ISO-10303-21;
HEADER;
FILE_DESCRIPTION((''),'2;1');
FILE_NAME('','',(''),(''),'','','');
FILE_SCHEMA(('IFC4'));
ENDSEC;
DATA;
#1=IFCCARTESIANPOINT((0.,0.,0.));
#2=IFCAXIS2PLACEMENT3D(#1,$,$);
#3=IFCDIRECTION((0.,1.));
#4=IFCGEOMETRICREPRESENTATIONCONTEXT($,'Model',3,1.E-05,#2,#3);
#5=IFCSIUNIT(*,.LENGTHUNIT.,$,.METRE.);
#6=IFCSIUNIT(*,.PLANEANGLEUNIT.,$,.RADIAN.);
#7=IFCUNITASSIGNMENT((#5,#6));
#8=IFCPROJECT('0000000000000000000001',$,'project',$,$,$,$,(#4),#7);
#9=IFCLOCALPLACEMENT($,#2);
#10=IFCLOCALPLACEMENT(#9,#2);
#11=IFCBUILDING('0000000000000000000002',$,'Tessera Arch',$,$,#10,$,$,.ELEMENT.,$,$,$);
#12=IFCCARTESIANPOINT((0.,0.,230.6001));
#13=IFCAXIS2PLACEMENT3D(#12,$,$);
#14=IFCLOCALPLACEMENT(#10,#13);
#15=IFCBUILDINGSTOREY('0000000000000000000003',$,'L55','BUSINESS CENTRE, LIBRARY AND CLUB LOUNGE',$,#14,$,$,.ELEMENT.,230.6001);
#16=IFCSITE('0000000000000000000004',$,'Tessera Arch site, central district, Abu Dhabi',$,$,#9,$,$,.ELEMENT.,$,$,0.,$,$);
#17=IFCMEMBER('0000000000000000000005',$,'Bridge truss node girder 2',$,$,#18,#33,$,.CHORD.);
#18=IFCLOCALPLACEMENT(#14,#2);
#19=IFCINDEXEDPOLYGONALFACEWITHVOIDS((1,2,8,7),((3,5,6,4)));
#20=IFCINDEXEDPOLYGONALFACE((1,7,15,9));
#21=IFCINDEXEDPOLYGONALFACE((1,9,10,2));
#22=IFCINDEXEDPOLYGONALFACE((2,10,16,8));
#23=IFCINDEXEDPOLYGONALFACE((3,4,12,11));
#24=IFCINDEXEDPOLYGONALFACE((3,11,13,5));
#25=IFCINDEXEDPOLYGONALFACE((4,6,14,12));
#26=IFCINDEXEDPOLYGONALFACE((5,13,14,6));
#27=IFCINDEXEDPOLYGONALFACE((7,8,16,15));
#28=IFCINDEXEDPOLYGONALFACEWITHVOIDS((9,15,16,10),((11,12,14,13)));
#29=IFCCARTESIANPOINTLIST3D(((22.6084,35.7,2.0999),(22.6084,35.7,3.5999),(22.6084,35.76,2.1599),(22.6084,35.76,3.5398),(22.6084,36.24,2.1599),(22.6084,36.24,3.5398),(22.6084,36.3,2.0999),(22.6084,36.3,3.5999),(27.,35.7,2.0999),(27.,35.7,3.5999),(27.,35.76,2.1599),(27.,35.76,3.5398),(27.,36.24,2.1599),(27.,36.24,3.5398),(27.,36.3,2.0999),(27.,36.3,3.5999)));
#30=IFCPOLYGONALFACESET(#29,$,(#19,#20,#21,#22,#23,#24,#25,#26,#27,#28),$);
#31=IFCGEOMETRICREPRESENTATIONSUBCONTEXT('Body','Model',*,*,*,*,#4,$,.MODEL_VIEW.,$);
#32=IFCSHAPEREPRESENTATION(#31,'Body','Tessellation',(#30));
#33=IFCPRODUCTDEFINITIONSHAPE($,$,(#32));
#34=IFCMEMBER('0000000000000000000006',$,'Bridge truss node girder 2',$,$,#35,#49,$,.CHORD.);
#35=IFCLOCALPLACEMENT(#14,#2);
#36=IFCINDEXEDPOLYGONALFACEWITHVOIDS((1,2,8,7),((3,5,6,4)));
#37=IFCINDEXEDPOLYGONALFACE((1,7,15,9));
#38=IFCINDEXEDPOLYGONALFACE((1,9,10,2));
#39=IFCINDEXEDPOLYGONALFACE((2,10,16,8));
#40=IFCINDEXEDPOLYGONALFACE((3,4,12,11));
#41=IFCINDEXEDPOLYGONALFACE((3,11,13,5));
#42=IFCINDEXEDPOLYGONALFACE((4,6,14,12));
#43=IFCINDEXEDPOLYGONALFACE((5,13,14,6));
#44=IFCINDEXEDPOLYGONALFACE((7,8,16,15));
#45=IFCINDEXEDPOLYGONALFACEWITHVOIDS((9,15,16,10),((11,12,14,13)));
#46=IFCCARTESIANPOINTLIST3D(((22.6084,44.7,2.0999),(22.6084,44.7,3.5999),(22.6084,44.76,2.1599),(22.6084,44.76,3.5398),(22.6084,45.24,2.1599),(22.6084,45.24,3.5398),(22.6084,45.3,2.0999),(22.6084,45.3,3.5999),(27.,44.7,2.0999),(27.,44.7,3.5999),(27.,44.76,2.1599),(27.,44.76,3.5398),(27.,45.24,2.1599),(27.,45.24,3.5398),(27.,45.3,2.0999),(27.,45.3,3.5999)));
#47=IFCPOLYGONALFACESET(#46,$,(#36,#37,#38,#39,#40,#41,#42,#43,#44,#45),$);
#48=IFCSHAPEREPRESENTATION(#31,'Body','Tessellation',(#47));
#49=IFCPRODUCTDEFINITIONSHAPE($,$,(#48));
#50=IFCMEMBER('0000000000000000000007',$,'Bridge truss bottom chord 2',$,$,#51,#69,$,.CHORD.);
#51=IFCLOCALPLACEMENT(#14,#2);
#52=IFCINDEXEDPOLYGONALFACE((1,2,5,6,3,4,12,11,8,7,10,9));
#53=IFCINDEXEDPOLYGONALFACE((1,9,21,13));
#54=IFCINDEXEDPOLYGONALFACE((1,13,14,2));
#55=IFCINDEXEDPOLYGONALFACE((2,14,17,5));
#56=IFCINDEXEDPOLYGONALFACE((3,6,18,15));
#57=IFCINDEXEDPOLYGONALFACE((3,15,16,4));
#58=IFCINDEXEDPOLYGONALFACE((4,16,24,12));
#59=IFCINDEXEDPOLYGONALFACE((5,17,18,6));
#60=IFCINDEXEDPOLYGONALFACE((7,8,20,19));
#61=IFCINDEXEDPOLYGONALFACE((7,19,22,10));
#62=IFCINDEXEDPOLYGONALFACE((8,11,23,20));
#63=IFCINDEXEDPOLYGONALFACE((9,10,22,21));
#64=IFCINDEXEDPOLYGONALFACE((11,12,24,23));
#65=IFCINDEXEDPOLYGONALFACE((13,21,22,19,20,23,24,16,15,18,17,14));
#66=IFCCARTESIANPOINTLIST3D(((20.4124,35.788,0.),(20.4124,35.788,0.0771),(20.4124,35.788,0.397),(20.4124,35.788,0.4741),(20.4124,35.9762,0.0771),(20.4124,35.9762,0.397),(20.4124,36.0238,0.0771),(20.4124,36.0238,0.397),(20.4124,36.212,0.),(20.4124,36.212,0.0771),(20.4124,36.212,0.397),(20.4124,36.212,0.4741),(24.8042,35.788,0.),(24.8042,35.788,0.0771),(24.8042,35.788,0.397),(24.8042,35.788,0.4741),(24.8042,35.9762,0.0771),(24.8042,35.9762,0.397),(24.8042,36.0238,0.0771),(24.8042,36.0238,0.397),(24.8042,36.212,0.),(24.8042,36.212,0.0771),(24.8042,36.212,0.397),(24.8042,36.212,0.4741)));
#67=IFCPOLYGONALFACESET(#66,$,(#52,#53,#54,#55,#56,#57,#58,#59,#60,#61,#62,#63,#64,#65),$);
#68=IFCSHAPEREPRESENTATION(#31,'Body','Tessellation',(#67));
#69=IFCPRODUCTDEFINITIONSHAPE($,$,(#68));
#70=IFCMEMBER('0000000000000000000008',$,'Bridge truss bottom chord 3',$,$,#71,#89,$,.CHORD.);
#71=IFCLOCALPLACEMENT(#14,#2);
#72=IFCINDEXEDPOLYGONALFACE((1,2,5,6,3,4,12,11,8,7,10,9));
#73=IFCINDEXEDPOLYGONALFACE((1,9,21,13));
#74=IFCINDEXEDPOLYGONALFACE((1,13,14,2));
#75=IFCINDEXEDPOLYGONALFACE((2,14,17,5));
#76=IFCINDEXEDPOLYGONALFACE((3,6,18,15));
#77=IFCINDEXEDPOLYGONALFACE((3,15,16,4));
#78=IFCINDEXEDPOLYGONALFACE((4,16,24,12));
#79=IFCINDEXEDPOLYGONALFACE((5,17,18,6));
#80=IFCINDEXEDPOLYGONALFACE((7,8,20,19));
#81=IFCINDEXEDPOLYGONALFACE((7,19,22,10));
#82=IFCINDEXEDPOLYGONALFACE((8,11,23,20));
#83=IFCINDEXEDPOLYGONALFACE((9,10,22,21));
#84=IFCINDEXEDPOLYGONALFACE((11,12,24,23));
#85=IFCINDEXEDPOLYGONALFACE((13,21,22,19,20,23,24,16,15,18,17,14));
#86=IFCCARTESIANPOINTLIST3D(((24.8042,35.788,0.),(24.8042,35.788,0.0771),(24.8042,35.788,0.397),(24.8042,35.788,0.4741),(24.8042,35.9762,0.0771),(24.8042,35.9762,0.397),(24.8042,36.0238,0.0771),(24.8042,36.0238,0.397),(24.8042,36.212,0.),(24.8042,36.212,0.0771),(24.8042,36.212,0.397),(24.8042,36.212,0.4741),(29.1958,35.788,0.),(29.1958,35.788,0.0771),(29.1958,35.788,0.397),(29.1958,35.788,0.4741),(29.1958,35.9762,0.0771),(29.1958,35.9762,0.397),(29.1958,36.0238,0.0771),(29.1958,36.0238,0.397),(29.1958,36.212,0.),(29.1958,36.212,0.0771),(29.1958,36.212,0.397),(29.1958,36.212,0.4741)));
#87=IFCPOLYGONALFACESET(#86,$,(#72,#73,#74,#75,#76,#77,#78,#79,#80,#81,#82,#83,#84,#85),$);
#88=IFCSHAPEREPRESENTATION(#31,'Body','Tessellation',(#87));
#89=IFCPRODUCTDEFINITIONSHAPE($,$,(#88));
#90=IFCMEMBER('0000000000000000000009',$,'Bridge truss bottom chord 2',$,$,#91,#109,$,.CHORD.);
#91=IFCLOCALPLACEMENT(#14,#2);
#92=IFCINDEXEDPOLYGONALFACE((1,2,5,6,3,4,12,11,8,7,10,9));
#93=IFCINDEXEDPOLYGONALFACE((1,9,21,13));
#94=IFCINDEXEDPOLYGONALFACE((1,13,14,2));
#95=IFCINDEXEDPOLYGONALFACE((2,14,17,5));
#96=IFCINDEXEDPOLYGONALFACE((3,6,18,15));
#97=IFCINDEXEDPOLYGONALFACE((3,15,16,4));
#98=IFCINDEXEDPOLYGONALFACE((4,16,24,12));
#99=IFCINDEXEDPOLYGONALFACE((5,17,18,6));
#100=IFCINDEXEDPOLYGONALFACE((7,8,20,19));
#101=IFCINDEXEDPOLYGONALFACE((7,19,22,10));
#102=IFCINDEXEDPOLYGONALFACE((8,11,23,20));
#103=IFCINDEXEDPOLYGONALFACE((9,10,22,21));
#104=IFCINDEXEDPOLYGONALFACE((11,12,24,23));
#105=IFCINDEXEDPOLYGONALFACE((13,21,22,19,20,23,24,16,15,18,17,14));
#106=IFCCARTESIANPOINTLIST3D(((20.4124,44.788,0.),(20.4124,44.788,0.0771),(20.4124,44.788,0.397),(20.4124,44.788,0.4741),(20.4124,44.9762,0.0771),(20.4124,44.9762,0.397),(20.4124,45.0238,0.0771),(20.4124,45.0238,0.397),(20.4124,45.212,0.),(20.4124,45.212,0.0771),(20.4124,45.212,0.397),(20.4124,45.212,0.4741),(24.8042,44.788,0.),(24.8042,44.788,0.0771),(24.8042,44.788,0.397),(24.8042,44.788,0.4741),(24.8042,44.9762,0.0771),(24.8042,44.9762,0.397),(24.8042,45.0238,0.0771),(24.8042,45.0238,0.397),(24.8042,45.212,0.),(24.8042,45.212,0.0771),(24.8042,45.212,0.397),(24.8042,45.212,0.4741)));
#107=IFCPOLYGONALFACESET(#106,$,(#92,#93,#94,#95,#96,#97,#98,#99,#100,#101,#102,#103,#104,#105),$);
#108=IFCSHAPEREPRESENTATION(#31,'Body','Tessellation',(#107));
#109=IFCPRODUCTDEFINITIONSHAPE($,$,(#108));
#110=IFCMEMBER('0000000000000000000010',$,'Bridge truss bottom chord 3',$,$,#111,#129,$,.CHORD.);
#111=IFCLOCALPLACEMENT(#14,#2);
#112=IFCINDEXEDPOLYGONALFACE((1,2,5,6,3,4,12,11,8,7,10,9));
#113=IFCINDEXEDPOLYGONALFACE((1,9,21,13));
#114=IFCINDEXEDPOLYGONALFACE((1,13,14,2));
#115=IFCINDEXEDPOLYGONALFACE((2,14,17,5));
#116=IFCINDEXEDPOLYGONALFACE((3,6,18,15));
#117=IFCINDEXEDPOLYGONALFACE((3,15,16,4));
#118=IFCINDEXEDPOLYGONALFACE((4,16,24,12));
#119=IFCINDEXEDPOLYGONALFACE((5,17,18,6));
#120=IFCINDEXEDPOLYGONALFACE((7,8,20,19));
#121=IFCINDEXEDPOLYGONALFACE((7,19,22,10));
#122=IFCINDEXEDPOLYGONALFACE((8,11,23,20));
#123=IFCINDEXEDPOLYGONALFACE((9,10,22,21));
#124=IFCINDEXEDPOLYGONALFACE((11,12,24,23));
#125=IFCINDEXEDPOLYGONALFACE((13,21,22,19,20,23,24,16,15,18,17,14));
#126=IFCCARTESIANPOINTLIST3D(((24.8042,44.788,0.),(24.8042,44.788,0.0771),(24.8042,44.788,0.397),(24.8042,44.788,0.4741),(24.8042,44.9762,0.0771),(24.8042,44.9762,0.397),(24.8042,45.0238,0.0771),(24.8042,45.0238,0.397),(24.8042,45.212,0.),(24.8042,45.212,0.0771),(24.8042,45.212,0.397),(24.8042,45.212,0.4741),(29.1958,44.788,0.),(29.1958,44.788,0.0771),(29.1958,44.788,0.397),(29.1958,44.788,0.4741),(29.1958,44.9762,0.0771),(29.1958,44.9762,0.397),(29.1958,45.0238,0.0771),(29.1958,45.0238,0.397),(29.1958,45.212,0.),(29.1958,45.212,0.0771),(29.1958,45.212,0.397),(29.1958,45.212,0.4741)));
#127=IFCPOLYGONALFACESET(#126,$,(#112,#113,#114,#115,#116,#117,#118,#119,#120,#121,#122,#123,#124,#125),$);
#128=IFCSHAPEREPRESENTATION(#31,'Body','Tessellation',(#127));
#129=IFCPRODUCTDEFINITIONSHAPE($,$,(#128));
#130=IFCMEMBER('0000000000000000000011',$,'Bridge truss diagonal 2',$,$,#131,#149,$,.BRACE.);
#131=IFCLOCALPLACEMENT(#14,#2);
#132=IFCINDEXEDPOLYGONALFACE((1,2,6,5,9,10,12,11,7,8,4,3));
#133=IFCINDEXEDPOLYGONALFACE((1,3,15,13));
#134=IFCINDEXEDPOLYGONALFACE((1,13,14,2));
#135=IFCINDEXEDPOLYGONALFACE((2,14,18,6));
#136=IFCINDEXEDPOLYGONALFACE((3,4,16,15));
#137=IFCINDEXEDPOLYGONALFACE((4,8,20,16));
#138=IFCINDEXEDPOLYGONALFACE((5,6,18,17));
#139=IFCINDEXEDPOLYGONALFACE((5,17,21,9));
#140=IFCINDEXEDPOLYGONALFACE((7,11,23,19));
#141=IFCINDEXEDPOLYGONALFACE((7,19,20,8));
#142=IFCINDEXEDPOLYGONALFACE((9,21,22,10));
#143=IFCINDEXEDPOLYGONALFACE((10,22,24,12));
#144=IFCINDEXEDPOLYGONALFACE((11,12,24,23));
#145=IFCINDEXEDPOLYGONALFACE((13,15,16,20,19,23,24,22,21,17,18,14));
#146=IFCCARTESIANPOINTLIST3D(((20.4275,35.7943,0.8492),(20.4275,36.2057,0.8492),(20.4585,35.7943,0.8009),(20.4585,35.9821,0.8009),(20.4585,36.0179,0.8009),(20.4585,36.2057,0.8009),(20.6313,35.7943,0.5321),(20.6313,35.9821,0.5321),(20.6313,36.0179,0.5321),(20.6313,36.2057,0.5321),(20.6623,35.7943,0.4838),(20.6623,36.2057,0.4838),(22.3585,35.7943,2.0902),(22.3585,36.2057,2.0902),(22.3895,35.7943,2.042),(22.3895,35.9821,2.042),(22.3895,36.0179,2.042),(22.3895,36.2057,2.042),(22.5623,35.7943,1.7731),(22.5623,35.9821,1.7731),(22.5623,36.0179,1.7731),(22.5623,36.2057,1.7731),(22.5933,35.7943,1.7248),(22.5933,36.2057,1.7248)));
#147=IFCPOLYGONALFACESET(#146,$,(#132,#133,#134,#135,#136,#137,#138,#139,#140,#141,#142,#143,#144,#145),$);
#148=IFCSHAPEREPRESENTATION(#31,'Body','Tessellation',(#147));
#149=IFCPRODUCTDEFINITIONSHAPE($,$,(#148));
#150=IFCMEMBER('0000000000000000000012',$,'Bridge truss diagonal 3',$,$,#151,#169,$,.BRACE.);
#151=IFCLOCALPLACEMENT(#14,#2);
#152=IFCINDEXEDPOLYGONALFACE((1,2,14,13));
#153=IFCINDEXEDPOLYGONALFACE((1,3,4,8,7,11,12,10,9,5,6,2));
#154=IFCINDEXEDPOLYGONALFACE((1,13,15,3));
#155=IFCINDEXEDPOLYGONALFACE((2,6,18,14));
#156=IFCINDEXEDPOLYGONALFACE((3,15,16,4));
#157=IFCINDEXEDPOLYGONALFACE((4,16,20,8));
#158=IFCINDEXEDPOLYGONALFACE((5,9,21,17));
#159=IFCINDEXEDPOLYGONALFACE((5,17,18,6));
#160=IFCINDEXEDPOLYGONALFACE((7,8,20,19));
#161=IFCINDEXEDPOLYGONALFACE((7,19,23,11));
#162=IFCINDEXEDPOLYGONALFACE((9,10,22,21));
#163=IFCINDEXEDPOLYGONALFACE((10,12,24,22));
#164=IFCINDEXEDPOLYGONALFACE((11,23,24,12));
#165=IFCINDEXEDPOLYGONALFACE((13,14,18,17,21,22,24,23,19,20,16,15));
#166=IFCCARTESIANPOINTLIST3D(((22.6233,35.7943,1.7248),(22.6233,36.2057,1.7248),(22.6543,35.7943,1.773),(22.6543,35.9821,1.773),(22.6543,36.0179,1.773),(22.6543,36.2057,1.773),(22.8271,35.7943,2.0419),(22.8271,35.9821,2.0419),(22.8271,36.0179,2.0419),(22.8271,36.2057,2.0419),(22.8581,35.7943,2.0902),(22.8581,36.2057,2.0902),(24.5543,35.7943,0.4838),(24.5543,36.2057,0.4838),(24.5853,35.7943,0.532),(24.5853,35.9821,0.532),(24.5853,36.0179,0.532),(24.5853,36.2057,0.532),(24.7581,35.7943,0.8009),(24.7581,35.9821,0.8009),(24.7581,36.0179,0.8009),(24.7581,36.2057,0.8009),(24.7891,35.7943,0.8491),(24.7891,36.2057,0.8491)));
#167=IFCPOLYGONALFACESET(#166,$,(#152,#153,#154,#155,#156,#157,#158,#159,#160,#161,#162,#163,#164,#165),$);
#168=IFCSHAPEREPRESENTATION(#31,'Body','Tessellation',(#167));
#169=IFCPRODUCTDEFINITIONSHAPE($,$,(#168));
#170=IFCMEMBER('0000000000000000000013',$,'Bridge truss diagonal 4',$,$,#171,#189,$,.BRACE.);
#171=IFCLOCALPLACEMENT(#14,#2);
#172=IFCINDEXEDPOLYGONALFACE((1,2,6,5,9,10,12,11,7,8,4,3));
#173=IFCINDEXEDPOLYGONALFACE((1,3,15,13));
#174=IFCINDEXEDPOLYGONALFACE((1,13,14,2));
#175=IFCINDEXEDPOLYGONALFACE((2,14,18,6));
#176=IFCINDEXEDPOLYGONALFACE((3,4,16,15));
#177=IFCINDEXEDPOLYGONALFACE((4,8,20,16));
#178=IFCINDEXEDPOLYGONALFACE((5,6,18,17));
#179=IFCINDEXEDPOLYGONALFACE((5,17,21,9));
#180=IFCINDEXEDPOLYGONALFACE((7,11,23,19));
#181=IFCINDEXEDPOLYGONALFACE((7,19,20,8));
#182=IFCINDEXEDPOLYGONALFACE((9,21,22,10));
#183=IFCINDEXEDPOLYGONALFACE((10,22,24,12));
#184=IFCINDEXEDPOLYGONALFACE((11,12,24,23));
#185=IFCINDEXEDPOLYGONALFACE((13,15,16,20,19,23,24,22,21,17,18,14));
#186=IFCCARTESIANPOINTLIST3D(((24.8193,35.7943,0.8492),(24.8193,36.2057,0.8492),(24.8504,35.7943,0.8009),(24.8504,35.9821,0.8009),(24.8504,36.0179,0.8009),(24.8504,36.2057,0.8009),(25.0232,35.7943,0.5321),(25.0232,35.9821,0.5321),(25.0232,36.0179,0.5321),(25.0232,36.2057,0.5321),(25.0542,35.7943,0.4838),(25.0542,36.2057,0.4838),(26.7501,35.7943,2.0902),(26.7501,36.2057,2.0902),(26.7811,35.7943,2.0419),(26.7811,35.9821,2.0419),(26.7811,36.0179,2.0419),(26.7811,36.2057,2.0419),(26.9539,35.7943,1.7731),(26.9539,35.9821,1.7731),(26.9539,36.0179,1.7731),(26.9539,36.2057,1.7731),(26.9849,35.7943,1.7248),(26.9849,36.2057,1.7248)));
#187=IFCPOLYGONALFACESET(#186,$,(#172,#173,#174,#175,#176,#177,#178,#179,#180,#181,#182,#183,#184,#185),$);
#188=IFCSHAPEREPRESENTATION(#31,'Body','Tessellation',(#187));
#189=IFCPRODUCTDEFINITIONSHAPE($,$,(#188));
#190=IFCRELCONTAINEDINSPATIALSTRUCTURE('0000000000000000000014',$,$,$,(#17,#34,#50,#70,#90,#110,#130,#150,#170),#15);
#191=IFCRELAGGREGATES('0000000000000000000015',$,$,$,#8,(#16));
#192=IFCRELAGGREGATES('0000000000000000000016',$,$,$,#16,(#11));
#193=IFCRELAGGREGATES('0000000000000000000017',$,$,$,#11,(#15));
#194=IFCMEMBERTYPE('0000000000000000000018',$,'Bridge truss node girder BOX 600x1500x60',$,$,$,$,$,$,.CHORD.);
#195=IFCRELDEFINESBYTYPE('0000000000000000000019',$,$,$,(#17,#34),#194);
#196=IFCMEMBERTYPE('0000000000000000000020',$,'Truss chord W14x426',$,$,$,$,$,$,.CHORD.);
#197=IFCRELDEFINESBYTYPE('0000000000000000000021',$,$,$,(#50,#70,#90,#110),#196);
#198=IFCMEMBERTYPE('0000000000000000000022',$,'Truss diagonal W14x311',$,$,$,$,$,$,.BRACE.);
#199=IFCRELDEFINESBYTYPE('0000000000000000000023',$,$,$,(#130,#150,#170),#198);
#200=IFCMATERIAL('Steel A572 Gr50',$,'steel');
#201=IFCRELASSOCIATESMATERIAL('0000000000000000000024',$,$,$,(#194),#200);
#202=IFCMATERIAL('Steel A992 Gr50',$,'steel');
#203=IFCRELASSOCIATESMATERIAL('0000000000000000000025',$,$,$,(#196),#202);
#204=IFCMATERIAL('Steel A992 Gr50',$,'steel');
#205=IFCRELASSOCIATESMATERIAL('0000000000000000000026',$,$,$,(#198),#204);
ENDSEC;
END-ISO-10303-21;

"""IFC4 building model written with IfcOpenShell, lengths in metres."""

from ifc_helpers import new_model, si_unit, direction, frame, origin, origin_2d, place, context, subcontext, project, spatial, hollow_rectangle, i_section, extrude, material, material_profile, profile_set, type_object, element, save


model = new_model("IFC4")

# Units and contexts
model_context = context("Model", 3, precision=1e-05, world=origin(), true_north=direction((0.0, 1.0)))
body_context = subcontext(model_context, "Body", "Model", "MODEL_VIEW")
ifc_project = project(units=[si_unit("LENGTHUNIT", "METRE"), si_unit("PLANEANGLEUNIT", "RADIAN")], contexts=[model_context])

# Site, building, storey
site_placement = place(None, origin())
site = spatial("IfcSite", under=ifc_project, at=site_placement, Name="Tessera Arch site, central district, Abu Dhabi", CompositionType="ELEMENT", RefElevation=0.0)
building_placement = place(site_placement, origin())
building = spatial("IfcBuilding", under=site, at=building_placement, Name="Tessera Arch", CompositionType="ELEMENT")
storey_placement = place(building_placement, frame((0.0, 0.0, 230.6001)))
storey = spatial("IfcBuildingStorey", under=building, at=storey_placement, Name="L55", Description="BUSINESS CENTRE, LIBRARY AND CLUB LOUNGE", CompositionType="ELEMENT", Elevation=230.6001)

# Members
ifc_material_1 = material(Name="Steel A572 Gr50", Category="steel")
ifc_material_profile_1 = material_profile(ifc_material_1, hollow_rectangle(XDim=0.6001, YDim=1.5, WallThickness=0.0601, at=origin_2d()), Name="BOX 600x1500x60")
ifc_profile_set_1 = profile_set([ifc_material_profile_1], Name="Steel A572 Gr50")
member_type_1 = type_object("IfcMemberType", Name="Bridge truss node girder BOX 600x1500x60", PredefinedType="CHORD", material=ifc_profile_set_1)
for number, where, z_axis, x_axis, name in (
    (1, (22.6084, 36.0, 2.8499), (1.0, 0.0, 0.0), (0.0, 1.0, 0.0), "Bridge truss node girder 2"),
    (2, (22.6084, 45.0, 2.8499), (1.0, 0.0, 0.0), (0.0, 1.0, 0.0), "Bridge truss node girder 2"),
):
    element("IfcMember", number, at=place(storey_placement, frame(where, z_axis=z_axis, x_axis=x_axis)), inside=storey, type_object=member_type_1, Name=name, PredefinedType="CHORD", context=body_context, shape_type="SweptSolid", body=[
        extrude(hollow_rectangle(XDim=0.6001, YDim=1.5, WallThickness=0.0601, at=origin_2d()), origin(), (0.0, 0.0, 1.0), 4.3916),
    ])
ifc_material_2 = material(Name="Steel A992 Gr50", Category="steel")
ifc_material_profile_2 = material_profile(ifc_material_2, i_section(OverallWidth=0.4241, OverallDepth=0.4741, WebThickness=0.0476, FlangeThickness=0.0771, at=origin_2d()), Name="W14x426")
ifc_profile_set_2 = profile_set([ifc_material_profile_2], Name="Steel A992 Gr50")
member_type_2 = type_object("IfcMemberType", Name="Truss chord W14x426", PredefinedType="CHORD", material=ifc_profile_set_2)
member_1_placement = place(storey_placement, frame((20.4124, 36.0, 0.2371), z_axis=(1.0, 0.0, 0.0), x_axis=(0.0, 1.0, 0.0)))
element("IfcMember", 3, at=member_1_placement, inside=storey, type_object=member_type_2, Name="Bridge truss bottom chord 2", PredefinedType="CHORD", context=body_context, shape_type="SweptSolid", body=[
    extrude(i_section(OverallWidth=0.4241, OverallDepth=0.4741, WebThickness=0.0476, FlangeThickness=0.0771, at=origin_2d()), origin(), (0.0, 0.0, 1.0), 4.3918),
])
member_2_placement = place(storey_placement, frame((24.8042, 36.0, 0.2371), z_axis=(1.0, 0.0, 0.0), x_axis=(0.0, 1.0, 0.0)))
element("IfcMember", 4, at=member_2_placement, inside=storey, type_object=member_type_2, Name="Bridge truss bottom chord 3", PredefinedType="CHORD", context=body_context, shape_type="SweptSolid", body=[
    extrude(i_section(OverallWidth=0.4241, OverallDepth=0.4741, WebThickness=0.0476, FlangeThickness=0.0771, at=origin_2d()), origin(), (0.0, 0.0, 1.0), 4.3916),
])
member_3_placement = place(storey_placement, frame((20.4124, 45.0, 0.2371), z_axis=(1.0, 0.0, 0.0), x_axis=(0.0, 1.0, 0.0)))
element("IfcMember", 5, at=member_3_placement, inside=storey, type_object=member_type_2, Name="Bridge truss bottom chord 2", PredefinedType="CHORD", context=body_context, shape_type="SweptSolid", body=[
    extrude(i_section(OverallWidth=0.4241, OverallDepth=0.4741, WebThickness=0.0476, FlangeThickness=0.0771, at=origin_2d()), origin(), (0.0, 0.0, 1.0), 4.3918),
])
member_4_placement = place(storey_placement, frame((24.8042, 45.0, 0.2371), z_axis=(1.0, 0.0, 0.0), x_axis=(0.0, 1.0, 0.0)))
element("IfcMember", 6, at=member_4_placement, inside=storey, type_object=member_type_2, Name="Bridge truss bottom chord 3", PredefinedType="CHORD", context=body_context, shape_type="SweptSolid", body=[
    extrude(i_section(OverallWidth=0.4241, OverallDepth=0.4741, WebThickness=0.0476, FlangeThickness=0.0771, at=origin_2d()), origin(), (0.0, 0.0, 1.0), 4.3916),
])
ifc_material_3 = material(Name="Steel A992 Gr50", Category="steel")
ifc_material_profile_3 = material_profile(ifc_material_3, i_section(OverallWidth=0.4114, OverallDepth=0.4343, WebThickness=0.0359, FlangeThickness=0.0574, at=origin_2d()), Name="W14x311")
ifc_profile_set_3 = profile_set([ifc_material_profile_3], Name="Steel A992 Gr50")
member_type_3 = type_object("IfcMemberType", Name="Truss diagonal W14x311", PredefinedType="BRACE", material=ifc_profile_set_3)
for number, where, z_axis, x_axis, name in (
    (7, (20.5449, 36.0, 0.6665), (0.841244, 0.0, 0.540655), (0.0, 1.0, 0.0), "Bridge truss diagonal 2"),
    (8, (22.7407, 36.0, 1.9075), (0.841244, 0.0, -0.540655), (0.0, 1.0, 0.0), "Bridge truss diagonal 3"),
):
    element("IfcMember", number, at=place(storey_placement, frame(where, z_axis=z_axis, x_axis=x_axis)), inside=storey, type_object=member_type_3, Name=name, PredefinedType="BRACE", context=body_context, shape_type="SweptSolid", body=[
        extrude(i_section(OverallWidth=0.4114, OverallDepth=0.4343, WebThickness=0.0359, FlangeThickness=0.0574, at=origin_2d()), origin(), (0.0, 0.0, 1.0), 2.2954),
    ])
member_5_placement = place(storey_placement, frame((24.9368, 36.0, 0.6665), z_axis=(0.841213, 0.0, 0.540704), x_axis=(0.0, 1.0, 0.0)))
element("IfcMember", 9, at=member_5_placement, inside=storey, type_object=member_type_3, Name="Bridge truss diagonal 4", PredefinedType="BRACE", context=body_context, shape_type="SweptSolid", body=[
    extrude(i_section(OverallWidth=0.4114, OverallDepth=0.4343, WebThickness=0.0359, FlangeThickness=0.0574, at=origin_2d()), origin(), (0.0, 0.0, 1.0), 2.2952),
])

save(model, "model.ifc")
